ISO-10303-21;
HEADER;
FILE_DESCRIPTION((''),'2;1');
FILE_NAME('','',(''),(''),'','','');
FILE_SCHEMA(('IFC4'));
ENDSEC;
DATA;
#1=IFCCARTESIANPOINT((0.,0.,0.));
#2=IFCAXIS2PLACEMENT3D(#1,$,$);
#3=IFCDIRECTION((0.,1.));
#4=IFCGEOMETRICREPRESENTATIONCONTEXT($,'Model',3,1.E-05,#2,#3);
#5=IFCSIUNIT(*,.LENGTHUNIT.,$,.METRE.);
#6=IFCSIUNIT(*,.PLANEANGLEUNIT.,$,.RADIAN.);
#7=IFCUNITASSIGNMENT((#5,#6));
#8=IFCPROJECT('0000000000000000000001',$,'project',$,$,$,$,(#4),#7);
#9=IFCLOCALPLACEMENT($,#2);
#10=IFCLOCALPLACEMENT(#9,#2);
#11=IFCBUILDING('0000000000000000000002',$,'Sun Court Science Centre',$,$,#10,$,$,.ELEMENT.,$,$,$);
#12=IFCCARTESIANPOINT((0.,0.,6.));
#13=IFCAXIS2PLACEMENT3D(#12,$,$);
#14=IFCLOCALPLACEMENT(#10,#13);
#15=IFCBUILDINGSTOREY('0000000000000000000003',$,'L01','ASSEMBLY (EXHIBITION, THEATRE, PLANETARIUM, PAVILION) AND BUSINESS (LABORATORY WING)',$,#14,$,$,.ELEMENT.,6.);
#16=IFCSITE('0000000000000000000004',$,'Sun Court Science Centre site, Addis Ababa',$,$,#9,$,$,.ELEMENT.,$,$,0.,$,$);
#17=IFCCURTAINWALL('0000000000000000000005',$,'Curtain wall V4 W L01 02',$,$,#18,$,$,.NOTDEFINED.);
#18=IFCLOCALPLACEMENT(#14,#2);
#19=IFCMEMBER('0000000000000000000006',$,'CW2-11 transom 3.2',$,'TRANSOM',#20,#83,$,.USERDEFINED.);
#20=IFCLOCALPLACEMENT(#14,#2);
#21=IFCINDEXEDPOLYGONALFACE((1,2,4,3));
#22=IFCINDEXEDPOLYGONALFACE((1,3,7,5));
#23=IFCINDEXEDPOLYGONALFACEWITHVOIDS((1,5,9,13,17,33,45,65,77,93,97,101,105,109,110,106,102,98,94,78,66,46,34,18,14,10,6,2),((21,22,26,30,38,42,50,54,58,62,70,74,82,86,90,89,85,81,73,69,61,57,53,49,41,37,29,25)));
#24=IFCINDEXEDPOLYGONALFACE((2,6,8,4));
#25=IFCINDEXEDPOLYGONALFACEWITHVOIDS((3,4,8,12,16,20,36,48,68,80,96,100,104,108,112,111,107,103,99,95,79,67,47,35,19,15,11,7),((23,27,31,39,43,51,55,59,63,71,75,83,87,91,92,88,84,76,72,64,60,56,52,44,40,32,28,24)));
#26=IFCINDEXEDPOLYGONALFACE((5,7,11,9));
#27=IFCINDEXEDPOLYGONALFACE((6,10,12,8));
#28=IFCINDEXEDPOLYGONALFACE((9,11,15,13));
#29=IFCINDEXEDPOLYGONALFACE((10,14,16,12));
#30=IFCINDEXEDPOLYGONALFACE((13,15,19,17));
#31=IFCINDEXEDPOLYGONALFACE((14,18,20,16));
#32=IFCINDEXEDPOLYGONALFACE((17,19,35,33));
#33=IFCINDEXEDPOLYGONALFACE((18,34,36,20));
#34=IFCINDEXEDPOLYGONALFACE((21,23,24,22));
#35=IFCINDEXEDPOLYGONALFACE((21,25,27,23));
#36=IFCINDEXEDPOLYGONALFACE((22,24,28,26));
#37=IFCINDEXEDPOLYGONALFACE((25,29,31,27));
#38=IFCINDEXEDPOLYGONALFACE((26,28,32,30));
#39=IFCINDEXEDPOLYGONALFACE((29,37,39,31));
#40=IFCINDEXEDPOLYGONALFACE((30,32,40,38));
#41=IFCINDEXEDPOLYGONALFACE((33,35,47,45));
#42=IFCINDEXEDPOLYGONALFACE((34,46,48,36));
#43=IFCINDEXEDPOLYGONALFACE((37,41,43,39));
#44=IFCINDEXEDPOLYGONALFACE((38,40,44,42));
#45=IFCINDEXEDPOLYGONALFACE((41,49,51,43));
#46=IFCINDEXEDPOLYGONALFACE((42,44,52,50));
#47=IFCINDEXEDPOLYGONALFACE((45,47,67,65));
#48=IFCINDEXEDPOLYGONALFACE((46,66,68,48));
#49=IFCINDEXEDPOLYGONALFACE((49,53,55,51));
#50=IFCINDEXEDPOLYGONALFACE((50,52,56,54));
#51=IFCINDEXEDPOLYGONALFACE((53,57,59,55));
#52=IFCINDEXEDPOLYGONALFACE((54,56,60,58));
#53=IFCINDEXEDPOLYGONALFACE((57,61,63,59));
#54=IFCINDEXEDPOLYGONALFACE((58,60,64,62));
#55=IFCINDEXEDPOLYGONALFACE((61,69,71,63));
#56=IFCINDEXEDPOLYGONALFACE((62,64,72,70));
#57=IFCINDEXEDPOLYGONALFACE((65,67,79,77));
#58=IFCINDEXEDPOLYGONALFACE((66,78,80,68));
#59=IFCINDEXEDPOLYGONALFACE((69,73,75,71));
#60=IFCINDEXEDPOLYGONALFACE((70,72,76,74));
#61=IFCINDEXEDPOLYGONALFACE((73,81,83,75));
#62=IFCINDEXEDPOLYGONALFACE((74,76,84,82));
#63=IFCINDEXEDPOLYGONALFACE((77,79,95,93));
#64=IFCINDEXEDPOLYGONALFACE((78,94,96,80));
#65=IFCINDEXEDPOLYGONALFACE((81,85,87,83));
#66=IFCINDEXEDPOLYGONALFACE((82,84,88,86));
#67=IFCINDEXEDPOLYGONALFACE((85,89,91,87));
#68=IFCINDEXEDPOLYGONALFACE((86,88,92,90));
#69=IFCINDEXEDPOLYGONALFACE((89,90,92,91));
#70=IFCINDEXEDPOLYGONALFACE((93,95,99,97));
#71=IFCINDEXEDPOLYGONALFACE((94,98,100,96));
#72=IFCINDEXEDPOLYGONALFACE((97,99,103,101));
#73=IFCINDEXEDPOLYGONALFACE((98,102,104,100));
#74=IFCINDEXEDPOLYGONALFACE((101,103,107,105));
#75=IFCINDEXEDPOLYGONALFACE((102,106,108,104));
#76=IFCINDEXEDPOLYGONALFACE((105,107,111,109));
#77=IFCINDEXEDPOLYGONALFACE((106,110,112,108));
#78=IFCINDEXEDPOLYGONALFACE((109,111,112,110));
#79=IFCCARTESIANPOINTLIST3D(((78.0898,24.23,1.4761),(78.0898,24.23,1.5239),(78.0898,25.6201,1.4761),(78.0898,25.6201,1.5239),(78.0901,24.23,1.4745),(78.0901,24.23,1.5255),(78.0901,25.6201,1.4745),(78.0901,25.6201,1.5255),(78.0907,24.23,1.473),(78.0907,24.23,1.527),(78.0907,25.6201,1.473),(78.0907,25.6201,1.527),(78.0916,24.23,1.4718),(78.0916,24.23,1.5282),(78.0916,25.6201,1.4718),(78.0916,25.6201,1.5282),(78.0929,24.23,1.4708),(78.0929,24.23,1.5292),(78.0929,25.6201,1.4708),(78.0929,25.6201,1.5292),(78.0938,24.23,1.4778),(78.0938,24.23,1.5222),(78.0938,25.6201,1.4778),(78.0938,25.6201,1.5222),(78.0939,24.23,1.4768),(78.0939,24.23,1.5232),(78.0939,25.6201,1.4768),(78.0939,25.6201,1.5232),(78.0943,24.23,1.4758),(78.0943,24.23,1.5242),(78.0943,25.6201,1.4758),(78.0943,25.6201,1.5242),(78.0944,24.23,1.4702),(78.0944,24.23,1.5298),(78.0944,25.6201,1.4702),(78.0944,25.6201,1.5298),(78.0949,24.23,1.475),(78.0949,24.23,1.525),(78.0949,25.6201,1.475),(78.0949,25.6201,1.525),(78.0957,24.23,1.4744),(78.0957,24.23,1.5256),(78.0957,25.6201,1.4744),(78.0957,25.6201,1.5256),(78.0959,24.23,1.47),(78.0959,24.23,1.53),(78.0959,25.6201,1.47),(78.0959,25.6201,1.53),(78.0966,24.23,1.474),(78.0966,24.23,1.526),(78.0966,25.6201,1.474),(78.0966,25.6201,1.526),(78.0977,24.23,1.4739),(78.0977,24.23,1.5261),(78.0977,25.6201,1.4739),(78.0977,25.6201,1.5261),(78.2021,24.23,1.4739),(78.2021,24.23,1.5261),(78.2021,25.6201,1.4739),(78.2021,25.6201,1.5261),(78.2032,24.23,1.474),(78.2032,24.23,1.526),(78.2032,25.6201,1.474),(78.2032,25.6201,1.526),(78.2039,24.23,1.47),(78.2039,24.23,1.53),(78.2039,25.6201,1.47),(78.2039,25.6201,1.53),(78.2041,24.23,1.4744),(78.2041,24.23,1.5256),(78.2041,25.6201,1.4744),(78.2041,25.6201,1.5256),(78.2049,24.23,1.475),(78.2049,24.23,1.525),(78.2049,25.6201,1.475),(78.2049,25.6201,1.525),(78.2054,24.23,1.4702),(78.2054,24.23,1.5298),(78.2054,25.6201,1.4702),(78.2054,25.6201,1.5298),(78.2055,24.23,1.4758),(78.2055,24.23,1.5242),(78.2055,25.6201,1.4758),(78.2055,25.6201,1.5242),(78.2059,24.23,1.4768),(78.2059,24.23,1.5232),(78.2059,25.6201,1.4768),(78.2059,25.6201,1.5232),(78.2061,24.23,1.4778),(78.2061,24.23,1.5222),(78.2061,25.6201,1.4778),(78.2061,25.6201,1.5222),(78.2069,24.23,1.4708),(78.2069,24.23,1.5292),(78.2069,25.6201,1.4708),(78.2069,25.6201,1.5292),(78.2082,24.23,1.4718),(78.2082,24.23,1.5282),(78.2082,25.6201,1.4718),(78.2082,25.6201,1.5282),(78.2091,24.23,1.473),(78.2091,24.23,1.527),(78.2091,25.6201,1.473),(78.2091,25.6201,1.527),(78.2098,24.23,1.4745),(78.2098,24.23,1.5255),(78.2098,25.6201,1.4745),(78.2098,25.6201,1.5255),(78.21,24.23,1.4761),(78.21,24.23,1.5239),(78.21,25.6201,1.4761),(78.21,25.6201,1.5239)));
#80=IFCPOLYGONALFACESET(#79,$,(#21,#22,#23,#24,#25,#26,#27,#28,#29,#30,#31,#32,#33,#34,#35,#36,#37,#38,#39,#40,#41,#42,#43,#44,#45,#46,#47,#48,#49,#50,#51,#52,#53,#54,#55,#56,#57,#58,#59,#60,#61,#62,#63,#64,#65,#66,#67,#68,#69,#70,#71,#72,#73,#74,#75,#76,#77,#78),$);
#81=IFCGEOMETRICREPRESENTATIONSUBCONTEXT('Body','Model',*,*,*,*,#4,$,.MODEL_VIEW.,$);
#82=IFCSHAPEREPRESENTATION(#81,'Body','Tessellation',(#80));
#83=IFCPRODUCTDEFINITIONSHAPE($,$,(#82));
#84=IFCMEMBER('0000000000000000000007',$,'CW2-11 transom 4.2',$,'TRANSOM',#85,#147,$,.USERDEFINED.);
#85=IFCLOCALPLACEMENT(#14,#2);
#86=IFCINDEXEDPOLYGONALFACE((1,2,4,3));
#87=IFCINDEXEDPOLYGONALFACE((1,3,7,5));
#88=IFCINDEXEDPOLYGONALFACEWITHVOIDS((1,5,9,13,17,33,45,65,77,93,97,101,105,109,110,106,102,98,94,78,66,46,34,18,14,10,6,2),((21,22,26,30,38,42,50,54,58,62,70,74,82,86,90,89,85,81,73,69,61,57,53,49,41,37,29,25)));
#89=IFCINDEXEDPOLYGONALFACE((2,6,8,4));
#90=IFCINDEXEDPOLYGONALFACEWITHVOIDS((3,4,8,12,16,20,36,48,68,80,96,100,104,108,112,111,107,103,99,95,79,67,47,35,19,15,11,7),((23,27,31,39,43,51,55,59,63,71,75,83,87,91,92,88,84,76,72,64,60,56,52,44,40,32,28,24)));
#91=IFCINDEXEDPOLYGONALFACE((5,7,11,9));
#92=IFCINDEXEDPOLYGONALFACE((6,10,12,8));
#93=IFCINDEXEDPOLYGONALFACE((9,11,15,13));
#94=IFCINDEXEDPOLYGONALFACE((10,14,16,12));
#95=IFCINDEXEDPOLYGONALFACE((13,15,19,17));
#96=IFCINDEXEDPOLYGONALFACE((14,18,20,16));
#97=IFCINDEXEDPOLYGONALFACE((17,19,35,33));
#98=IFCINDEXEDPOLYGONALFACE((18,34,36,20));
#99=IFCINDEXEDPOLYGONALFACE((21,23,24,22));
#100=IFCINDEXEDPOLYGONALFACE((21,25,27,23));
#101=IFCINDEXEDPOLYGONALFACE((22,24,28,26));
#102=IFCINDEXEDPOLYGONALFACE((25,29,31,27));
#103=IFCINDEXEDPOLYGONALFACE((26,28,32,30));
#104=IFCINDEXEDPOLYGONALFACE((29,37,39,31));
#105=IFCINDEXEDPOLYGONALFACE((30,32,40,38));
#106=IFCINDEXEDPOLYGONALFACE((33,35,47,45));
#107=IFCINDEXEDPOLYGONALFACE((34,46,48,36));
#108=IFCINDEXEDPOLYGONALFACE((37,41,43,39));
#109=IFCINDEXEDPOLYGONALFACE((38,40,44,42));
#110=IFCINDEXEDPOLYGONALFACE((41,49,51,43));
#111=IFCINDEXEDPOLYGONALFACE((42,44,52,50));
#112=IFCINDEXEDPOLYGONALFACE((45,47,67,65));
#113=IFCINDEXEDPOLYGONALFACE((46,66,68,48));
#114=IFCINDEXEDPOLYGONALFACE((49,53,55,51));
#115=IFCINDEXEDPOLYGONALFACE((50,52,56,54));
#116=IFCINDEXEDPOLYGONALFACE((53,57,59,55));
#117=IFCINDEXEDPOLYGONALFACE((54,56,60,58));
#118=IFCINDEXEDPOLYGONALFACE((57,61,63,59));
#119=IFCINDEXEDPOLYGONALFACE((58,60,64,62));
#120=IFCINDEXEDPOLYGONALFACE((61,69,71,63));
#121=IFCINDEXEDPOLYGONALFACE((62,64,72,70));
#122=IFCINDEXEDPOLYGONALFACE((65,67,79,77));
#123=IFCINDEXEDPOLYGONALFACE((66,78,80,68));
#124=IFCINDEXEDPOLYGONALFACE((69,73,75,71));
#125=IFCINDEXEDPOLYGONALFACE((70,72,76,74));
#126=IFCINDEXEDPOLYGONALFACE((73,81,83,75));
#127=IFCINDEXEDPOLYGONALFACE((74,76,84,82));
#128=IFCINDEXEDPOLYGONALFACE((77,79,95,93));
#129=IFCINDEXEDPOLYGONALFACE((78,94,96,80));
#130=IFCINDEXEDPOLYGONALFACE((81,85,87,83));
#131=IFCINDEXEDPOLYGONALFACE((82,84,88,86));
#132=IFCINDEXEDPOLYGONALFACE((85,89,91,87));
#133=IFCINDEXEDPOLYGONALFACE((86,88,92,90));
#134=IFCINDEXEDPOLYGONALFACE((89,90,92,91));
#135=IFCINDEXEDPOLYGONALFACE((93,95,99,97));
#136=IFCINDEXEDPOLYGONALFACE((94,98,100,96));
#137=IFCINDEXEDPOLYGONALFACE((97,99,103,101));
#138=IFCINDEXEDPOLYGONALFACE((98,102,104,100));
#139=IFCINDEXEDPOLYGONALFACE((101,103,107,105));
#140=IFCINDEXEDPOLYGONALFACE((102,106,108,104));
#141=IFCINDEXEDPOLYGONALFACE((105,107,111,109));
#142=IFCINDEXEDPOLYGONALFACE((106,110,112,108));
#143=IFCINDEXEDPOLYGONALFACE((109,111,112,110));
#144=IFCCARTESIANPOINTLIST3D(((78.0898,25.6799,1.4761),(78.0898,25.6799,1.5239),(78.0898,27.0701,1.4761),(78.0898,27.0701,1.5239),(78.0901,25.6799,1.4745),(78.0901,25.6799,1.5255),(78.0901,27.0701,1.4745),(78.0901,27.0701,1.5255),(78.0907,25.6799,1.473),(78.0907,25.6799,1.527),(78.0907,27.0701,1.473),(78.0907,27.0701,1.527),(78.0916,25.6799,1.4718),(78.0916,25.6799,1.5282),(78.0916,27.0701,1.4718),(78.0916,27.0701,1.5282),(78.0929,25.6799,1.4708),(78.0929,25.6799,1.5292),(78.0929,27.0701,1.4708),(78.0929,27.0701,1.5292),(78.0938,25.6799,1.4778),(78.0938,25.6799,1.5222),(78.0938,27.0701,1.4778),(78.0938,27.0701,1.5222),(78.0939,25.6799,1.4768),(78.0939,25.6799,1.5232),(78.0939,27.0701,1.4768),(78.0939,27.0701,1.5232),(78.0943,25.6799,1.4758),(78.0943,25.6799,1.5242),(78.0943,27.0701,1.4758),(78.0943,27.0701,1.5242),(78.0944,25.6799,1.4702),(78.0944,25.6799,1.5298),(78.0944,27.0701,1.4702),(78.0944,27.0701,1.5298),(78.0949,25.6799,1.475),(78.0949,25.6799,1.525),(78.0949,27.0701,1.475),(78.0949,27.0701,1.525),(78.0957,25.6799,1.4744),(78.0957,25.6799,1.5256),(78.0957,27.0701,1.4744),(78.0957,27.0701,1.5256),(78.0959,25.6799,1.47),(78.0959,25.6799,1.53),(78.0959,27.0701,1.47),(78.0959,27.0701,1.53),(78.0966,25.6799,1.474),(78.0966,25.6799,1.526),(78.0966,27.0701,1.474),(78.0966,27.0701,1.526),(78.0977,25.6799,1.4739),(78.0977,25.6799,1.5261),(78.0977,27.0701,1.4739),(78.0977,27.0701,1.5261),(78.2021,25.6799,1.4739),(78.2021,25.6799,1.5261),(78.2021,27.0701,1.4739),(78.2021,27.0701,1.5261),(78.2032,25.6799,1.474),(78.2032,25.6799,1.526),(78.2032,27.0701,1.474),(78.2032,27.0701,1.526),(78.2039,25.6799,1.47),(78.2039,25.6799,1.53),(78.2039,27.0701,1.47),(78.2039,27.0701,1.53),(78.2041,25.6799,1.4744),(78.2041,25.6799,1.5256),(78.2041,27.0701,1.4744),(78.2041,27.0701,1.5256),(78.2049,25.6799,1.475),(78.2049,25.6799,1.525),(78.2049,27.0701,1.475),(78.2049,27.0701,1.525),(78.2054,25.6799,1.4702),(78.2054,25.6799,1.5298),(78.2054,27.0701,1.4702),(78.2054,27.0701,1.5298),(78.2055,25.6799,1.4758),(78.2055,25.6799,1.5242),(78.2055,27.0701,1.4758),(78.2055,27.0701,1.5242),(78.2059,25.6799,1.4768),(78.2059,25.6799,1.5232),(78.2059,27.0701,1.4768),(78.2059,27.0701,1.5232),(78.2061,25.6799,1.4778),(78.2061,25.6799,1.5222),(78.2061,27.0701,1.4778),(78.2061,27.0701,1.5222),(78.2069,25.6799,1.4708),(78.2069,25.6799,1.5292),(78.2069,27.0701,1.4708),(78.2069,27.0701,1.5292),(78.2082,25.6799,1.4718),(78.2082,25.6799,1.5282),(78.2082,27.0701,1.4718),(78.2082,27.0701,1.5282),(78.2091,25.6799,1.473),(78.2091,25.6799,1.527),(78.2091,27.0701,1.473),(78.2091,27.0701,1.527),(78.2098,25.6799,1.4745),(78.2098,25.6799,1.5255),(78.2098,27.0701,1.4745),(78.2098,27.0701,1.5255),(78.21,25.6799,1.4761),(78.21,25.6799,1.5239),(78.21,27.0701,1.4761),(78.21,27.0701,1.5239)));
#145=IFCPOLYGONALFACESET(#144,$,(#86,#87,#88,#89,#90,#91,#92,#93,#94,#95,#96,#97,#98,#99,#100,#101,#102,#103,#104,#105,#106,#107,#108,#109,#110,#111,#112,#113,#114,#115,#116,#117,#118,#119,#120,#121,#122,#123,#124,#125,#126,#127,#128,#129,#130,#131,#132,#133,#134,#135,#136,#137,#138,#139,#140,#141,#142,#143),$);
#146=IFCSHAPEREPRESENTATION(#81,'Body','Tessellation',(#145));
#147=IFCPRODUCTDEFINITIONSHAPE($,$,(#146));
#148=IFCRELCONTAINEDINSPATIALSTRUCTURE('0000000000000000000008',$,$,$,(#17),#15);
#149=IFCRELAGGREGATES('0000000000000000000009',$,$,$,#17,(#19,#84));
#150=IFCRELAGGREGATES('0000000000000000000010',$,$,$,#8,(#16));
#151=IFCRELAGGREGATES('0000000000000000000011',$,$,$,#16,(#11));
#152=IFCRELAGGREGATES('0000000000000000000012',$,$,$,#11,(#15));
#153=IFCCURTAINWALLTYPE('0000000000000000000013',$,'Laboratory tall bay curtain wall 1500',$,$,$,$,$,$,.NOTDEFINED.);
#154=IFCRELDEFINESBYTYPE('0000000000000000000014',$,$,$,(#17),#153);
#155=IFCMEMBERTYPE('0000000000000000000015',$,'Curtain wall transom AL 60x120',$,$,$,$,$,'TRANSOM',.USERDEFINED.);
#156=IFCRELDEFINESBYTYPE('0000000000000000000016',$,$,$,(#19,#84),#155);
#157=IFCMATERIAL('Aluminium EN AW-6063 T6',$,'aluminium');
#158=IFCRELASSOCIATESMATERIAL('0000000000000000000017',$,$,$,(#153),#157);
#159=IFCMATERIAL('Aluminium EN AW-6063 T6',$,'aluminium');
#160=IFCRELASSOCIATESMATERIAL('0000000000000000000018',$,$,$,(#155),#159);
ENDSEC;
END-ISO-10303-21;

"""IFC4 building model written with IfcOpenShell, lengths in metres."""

from ifc_helpers import new_model, si_unit, direction, frame, origin, origin_2d, place, context, subcontext, project, spatial, hollow_rectangle, extrude, material, material_profile, profile_set, type_object, element, aggregate, save


model = new_model("IFC4")

# Units and contexts
model_context = context("Model", 3, precision=1e-05, world=origin(), true_north=direction((0.0, 1.0)))
body_context = subcontext(model_context, "Body", "Model", "MODEL_VIEW")
ifc_project = project(units=[si_unit("LENGTHUNIT", "METRE"), si_unit("PLANEANGLEUNIT", "RADIAN")], contexts=[model_context])

# Site, building, storey
site_placement = place(None, origin())
site = spatial("IfcSite", under=ifc_project, at=site_placement, Name="Sun Court Science Centre site, Addis Ababa", CompositionType="ELEMENT", RefElevation=0.0)
building_placement = place(site_placement, origin())
building = spatial("IfcBuilding", under=site, at=building_placement, Name="Sun Court Science Centre", CompositionType="ELEMENT")
storey_placement = place(building_placement, frame((0.0, 0.0, 6.0)))
storey = spatial("IfcBuildingStorey", under=building, at=storey_placement, Name="L01", Description="ASSEMBLY (EXHIBITION, THEATRE, PLANETARIUM, PAVILION) AND BUSINESS (LABORATORY WING)", CompositionType="ELEMENT", Elevation=6.0)

# Curtain wall
ifc_material_1 = material(Name="Aluminium EN AW-6063 T6", Category="aluminium")
curtain_wall_type = type_object("IfcCurtainWallType", Name="Laboratory tall bay curtain wall 1500", PredefinedType="NOTDEFINED", material=ifc_material_1)
curtain_wall_1_placement = place(storey_placement, origin())
curtain_wall_1 = element("IfcCurtainWall", 1, at=curtain_wall_1_placement, inside=storey, type_object=curtain_wall_type, Name="Curtain wall V4 W L01 02", PredefinedType="NOTDEFINED")

# Members
ifc_material_2 = material(Name="Aluminium EN AW-6063 T6", Category="aluminium")
ifc_material_profile_1 = material_profile(ifc_material_2, hollow_rectangle(XDim=0.0601, YDim=0.1201, WallThickness=0.0039, InnerFilletRadius=0.0039, OuterFilletRadius=0.0061, at=origin_2d()), Name="AL 60x120x4")
ifc_profile_set_1 = profile_set([ifc_material_profile_1], Name="Aluminium EN AW-6063 T6")
member_type_1 = type_object("IfcMemberType", Name="Curtain wall transom AL 60x120", ElementType="TRANSOM", PredefinedType="USERDEFINED", material=ifc_profile_set_1)
member_1_placement = place(storey_placement, frame((78.1499, 24.23, 1.5), z_axis=(0.0, 1.0, 0.0), x_axis=(0.0, 0.0, 1.0)))
member_1 = element("IfcMember", 2, at=member_1_placement, type_object=member_type_1, Name="CW2-11 transom 3.2", ObjectType="TRANSOM", PredefinedType="USERDEFINED", context=body_context, shape_type="SweptSolid", body=[
    extrude(hollow_rectangle(XDim=0.0601, YDim=0.1201, WallThickness=0.0039, InnerFilletRadius=0.0039, OuterFilletRadius=0.0061, at=origin_2d()), origin(), (0.0, 0.0, 1.0), 1.3901),
])
member_2_placement = place(storey_placement, frame((78.1499, 25.6799, 1.5), z_axis=(0.0, 1.0, 0.0), x_axis=(0.0, 0.0, 1.0)))
member_2 = element("IfcMember", 3, at=member_2_placement, type_object=member_type_1, Name="CW2-11 transom 4.2", ObjectType="TRANSOM", PredefinedType="USERDEFINED", context=body_context, shape_type="SweptSolid", body=[
    extrude(hollow_rectangle(XDim=0.0601, YDim=0.1201, WallThickness=0.0039, InnerFilletRadius=0.0039, OuterFilletRadius=0.0061, at=origin_2d()), origin(), (0.0, 0.0, 1.0), 1.3901),
])

aggregate(curtain_wall_1, [member_1, member_2])

save(model, "model.ifc")
